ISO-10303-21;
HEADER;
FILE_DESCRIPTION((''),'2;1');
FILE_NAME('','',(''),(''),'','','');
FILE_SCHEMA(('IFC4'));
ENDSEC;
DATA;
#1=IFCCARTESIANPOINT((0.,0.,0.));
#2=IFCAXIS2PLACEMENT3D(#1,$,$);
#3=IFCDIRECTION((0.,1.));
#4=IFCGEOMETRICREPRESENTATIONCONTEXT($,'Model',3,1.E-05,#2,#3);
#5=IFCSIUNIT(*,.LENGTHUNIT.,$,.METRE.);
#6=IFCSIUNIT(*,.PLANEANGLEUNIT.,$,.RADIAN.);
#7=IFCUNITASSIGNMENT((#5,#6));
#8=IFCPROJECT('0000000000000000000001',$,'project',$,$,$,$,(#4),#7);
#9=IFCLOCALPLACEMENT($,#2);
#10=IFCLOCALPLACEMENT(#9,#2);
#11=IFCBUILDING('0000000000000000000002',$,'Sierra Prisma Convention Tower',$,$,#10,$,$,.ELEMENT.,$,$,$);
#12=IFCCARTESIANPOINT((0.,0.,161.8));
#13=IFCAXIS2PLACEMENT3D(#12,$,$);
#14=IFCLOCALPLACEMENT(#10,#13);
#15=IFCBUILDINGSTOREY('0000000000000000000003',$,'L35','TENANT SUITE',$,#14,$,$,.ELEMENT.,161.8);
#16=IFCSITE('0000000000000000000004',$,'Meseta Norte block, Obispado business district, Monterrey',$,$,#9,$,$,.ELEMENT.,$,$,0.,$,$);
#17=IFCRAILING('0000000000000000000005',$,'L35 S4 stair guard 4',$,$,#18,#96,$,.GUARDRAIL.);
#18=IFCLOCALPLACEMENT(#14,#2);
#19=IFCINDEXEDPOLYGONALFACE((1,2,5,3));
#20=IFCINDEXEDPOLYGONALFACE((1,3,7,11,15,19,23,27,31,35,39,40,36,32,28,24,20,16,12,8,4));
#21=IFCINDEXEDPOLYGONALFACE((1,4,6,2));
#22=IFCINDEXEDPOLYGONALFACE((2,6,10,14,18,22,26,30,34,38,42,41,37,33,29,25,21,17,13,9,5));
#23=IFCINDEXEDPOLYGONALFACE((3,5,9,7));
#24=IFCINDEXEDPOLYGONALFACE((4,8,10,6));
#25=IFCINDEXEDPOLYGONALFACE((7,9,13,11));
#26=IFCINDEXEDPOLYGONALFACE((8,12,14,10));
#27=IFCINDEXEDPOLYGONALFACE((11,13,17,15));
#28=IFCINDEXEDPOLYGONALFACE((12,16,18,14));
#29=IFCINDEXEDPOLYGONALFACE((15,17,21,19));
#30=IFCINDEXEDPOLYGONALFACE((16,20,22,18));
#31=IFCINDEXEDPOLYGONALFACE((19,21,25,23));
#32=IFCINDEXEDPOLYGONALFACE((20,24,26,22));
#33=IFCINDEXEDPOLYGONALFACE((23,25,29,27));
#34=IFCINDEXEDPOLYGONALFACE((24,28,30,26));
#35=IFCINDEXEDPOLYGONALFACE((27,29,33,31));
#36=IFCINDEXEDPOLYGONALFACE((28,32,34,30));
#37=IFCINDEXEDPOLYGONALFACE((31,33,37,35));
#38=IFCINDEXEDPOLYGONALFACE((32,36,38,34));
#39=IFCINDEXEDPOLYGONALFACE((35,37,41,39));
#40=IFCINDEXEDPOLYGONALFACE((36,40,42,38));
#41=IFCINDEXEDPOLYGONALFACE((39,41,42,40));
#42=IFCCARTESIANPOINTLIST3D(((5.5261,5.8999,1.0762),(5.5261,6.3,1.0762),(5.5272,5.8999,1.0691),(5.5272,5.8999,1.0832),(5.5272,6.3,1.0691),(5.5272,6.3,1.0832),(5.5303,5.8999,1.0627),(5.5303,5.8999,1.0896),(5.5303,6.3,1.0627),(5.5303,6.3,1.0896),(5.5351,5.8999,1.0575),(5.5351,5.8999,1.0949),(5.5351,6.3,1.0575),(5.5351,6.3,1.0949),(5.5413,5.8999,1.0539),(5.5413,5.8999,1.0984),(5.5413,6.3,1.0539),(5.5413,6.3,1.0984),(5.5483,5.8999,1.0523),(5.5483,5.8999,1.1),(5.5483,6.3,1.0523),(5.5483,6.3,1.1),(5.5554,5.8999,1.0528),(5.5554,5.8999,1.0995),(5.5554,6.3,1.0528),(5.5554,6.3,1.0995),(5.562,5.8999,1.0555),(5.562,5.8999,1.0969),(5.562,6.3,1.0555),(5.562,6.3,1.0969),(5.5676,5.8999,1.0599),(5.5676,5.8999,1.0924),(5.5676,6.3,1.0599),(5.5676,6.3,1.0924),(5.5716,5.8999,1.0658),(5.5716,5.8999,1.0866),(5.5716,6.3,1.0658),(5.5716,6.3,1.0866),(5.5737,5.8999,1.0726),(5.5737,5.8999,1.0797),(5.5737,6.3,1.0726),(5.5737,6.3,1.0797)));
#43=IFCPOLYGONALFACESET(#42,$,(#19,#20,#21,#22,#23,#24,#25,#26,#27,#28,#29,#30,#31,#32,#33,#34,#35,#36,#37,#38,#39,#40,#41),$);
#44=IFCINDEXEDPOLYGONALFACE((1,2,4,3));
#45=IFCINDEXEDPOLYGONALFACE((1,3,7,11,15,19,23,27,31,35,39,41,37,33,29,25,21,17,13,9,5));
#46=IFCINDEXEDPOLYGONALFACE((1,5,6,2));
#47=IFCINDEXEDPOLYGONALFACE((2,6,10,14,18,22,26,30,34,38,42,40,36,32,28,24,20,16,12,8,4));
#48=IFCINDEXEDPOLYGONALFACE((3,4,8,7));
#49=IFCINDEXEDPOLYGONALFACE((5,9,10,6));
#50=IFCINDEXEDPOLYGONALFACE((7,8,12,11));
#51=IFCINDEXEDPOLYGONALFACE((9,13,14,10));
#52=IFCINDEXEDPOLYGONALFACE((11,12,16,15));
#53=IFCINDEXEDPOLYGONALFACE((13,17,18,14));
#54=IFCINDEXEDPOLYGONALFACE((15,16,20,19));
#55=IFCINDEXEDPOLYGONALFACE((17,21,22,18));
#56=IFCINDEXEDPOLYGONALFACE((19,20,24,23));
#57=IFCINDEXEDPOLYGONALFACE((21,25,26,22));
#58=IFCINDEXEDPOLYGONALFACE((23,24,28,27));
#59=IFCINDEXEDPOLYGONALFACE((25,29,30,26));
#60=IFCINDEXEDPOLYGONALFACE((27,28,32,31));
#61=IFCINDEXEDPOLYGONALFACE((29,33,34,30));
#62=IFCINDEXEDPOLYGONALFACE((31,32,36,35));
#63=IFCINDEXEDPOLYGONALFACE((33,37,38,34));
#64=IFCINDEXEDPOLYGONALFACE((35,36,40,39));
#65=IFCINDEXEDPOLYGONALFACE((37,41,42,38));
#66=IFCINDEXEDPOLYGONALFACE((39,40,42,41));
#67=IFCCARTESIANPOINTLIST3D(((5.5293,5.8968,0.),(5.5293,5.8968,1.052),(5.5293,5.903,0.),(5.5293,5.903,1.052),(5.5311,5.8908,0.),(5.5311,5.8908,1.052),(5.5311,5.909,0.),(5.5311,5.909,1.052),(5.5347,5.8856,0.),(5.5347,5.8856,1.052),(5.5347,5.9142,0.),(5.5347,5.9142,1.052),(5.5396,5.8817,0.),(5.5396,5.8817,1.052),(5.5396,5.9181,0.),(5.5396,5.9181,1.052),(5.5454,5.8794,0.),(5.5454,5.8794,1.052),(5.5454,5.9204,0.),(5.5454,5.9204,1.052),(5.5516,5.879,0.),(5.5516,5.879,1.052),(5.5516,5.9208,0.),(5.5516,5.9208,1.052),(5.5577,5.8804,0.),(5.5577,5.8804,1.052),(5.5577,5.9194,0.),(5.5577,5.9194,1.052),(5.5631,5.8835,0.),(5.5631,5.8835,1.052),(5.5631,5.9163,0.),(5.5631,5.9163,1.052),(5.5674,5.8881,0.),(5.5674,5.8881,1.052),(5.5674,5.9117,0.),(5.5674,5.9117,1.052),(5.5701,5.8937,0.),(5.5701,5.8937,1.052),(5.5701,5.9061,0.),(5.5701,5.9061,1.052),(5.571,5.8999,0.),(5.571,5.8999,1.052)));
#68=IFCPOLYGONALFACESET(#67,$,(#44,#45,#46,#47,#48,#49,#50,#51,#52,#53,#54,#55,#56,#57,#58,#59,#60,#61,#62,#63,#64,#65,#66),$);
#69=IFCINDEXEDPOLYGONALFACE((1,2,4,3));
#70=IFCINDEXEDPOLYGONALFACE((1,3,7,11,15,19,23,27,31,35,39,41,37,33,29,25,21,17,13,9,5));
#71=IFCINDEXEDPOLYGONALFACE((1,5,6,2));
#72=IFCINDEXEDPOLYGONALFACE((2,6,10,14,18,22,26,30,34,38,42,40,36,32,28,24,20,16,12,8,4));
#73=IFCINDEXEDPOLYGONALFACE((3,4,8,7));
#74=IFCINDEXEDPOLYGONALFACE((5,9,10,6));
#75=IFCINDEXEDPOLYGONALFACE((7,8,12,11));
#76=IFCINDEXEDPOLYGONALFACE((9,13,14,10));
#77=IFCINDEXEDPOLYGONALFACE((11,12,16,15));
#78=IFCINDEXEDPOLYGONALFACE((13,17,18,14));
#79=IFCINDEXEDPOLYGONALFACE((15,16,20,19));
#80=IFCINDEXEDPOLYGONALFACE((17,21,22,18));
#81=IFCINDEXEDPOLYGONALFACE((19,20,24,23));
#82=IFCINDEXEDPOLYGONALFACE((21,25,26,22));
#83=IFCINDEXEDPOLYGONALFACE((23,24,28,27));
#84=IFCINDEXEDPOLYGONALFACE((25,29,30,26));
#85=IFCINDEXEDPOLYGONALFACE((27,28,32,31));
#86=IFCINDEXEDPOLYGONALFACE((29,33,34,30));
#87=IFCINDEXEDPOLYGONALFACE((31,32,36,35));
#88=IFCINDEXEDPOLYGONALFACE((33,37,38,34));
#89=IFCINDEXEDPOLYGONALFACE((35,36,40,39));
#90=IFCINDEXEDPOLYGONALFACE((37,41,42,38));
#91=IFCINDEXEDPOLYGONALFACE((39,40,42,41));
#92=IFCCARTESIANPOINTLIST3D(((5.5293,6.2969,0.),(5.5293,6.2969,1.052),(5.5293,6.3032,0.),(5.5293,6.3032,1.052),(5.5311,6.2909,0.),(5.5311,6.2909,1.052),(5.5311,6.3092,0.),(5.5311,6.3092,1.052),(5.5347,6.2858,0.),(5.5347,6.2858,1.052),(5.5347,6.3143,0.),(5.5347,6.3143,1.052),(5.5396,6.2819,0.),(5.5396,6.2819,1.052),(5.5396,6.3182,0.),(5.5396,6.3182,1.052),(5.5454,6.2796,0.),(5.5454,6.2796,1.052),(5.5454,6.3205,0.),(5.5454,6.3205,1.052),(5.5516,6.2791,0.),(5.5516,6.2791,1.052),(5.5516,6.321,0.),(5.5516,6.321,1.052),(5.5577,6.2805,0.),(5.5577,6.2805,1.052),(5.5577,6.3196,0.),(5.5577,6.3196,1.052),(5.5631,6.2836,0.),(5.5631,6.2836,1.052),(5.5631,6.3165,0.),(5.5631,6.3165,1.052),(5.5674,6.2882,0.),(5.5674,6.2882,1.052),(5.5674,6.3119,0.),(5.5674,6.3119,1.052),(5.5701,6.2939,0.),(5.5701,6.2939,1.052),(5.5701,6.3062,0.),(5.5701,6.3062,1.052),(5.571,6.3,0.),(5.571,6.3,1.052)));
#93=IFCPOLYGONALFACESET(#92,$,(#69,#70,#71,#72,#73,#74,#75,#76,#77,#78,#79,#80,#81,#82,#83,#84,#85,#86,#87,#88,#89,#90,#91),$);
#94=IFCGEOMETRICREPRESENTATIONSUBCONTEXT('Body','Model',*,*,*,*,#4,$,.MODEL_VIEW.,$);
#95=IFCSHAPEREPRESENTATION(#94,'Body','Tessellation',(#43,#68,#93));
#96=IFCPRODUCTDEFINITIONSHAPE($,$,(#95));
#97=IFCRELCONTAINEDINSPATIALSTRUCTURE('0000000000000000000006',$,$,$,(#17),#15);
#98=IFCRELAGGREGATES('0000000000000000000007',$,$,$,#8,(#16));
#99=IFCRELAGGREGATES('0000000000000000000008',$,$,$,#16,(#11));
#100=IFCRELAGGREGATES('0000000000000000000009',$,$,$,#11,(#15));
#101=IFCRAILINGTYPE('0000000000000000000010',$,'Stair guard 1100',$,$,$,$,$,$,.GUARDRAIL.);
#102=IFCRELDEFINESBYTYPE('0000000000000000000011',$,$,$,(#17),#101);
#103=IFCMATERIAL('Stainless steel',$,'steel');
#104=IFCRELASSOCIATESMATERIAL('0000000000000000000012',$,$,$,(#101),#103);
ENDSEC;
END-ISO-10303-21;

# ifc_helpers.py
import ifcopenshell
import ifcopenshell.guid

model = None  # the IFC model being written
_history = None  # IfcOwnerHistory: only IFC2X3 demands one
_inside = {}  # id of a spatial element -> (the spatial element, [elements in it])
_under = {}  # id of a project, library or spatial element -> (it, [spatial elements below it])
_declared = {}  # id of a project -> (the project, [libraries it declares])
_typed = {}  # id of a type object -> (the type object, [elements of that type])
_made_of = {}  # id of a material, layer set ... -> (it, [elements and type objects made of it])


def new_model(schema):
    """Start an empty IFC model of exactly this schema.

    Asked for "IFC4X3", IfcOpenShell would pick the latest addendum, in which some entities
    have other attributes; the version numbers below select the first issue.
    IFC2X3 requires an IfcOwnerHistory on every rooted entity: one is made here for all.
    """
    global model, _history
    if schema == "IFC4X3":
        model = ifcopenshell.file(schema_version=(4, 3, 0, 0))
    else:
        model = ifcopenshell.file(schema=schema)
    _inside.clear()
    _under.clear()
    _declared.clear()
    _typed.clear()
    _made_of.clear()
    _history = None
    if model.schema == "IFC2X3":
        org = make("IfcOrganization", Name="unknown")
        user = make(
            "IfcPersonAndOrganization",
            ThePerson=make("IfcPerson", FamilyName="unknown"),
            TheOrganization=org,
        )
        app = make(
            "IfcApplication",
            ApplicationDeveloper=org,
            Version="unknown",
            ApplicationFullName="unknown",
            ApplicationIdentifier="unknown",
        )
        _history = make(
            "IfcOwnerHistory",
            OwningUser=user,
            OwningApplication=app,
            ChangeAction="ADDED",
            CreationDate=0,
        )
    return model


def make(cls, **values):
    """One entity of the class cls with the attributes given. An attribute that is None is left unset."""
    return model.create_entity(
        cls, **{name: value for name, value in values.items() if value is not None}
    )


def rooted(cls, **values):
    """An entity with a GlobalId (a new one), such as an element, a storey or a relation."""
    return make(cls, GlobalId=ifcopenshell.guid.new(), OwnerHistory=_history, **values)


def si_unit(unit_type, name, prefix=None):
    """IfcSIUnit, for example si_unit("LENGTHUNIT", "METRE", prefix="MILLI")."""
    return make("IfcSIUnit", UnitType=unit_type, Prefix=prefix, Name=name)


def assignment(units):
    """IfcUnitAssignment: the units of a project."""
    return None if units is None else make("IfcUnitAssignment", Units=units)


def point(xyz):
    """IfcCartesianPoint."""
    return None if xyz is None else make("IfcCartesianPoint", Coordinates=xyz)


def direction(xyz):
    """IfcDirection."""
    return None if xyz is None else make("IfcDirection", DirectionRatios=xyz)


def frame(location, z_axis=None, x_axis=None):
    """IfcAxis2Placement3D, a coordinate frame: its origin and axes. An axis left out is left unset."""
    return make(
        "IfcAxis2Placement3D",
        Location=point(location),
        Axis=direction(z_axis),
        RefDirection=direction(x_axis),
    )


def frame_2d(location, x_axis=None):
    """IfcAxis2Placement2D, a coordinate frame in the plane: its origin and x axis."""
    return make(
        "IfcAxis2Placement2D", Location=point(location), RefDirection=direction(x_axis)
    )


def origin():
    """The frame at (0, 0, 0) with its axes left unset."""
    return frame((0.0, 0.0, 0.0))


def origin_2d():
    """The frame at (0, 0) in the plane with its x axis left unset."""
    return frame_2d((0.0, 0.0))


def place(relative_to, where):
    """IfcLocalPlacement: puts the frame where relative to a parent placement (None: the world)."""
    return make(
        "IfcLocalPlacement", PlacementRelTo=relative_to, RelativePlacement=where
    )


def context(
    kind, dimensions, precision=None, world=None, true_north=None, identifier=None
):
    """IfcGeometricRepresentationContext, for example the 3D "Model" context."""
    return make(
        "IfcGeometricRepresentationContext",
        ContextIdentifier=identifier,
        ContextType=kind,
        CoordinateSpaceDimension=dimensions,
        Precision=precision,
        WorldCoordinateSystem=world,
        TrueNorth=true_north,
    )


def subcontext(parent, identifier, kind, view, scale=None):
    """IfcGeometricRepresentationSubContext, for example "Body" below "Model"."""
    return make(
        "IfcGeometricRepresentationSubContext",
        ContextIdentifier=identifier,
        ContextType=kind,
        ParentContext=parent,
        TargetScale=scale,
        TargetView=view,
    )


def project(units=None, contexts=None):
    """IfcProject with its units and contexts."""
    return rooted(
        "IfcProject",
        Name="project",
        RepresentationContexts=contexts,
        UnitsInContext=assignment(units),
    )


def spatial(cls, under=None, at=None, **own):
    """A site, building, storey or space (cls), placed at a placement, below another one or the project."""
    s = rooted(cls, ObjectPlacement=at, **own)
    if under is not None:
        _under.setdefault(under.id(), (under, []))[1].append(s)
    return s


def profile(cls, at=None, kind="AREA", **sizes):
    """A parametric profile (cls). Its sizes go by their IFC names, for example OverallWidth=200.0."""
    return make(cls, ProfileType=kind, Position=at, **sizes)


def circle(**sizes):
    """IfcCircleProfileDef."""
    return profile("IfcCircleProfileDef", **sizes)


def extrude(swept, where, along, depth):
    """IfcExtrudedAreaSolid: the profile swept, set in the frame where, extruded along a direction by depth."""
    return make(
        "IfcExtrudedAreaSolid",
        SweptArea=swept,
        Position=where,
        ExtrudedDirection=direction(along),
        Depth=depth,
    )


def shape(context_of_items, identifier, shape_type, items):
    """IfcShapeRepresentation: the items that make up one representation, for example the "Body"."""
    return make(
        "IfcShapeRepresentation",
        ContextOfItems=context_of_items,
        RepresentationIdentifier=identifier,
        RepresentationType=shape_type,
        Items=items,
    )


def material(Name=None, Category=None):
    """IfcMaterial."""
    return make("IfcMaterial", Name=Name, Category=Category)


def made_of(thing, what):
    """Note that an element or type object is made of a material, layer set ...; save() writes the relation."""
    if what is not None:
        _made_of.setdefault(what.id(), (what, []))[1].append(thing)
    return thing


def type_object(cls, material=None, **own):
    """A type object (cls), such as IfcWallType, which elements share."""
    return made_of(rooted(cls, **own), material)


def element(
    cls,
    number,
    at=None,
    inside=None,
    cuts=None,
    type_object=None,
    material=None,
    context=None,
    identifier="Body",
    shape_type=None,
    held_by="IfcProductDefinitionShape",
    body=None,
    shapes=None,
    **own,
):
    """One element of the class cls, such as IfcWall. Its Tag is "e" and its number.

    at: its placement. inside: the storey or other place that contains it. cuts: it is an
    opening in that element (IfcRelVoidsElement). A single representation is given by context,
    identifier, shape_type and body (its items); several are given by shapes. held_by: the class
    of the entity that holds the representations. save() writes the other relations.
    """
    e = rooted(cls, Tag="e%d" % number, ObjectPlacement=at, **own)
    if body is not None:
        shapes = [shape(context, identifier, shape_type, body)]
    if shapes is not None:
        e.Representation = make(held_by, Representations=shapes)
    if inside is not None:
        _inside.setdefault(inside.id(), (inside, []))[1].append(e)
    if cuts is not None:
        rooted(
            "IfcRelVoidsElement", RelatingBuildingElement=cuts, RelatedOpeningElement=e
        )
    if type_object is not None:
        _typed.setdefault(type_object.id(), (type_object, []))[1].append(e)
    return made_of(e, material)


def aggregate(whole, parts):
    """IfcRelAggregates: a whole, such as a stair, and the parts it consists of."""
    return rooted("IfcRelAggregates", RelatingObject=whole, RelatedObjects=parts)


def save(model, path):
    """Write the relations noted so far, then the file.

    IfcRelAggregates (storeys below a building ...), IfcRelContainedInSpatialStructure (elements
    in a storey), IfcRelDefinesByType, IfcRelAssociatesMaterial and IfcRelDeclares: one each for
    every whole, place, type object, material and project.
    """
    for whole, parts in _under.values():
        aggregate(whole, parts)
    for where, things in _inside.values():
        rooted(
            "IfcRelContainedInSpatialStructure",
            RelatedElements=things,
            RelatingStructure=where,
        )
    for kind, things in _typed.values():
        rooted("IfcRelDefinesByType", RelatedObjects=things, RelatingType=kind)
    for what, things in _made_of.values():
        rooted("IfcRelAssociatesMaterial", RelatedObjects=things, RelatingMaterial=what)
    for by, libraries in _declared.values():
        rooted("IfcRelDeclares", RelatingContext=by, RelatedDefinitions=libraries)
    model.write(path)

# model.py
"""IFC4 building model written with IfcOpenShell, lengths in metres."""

from ifc_helpers import new_model, si_unit, direction, frame, origin, origin_2d, place, context, subcontext, project, spatial, circle, extrude, material, type_object, element, save


model = new_model("IFC4")

# Units and contexts
model_context = context("Model", 3, precision=1e-05, world=origin(), true_north=direction((0.0, 1.0)))
body_context = subcontext(model_context, "Body", "Model", "MODEL_VIEW")
ifc_project = project(units=[si_unit("LENGTHUNIT", "METRE"), si_unit("PLANEANGLEUNIT", "RADIAN")], contexts=[model_context])

# Site, building, storey
site_placement = place(None, origin())
site = spatial("IfcSite", under=ifc_project, at=site_placement, Name="Meseta Norte block, Obispado business district, Monterrey", CompositionType="ELEMENT", RefElevation=0.0)
building_placement = place(site_placement, origin())
building = spatial("IfcBuilding", under=site, at=building_placement, Name="Sierra Prisma Convention Tower", CompositionType="ELEMENT")
storey_placement = place(building_placement, frame((0.0, 0.0, 161.8)))
storey = spatial("IfcBuildingStorey", under=building, at=storey_placement, Name="L35", Description="TENANT SUITE", CompositionType="ELEMENT", Elevation=161.8)

# Railing
ifc_material_1 = material(Name="Stainless steel", Category="steel")
railing_type_1 = type_object("IfcRailingType", Name="Stair guard 1100", PredefinedType="GUARDRAIL", material=ifc_material_1)
railing_1_placement = place(storey_placement, frame((5.55, 5.8999, 0.0)))
element("IfcRailing", 1, at=railing_1_placement, inside=storey, type_object=railing_type_1, Name="L35 S4 stair guard 4", PredefinedType="GUARDRAIL", context=body_context, shape_type="SweptSolid", body=[
    extrude(circle(Radius=0.0239, at=origin_2d()), frame((0.0, 0.0, 1.0762), z_axis=(0.0, 1.0, 0.0), x_axis=(-1.0, 0.0, 0.0)), (0.0, 0.0, 1.0), 0.4001),
    extrude(circle(Radius=0.021, at=origin_2d()), origin(), (0.0, 0.0, 1.0), 1.052),
    extrude(circle(Radius=0.021, at=origin_2d()), frame((0.0, 0.4001, 0.0)), (0.0, 0.0, 1.0), 1.052),
])

save(model, "model.ifc")
